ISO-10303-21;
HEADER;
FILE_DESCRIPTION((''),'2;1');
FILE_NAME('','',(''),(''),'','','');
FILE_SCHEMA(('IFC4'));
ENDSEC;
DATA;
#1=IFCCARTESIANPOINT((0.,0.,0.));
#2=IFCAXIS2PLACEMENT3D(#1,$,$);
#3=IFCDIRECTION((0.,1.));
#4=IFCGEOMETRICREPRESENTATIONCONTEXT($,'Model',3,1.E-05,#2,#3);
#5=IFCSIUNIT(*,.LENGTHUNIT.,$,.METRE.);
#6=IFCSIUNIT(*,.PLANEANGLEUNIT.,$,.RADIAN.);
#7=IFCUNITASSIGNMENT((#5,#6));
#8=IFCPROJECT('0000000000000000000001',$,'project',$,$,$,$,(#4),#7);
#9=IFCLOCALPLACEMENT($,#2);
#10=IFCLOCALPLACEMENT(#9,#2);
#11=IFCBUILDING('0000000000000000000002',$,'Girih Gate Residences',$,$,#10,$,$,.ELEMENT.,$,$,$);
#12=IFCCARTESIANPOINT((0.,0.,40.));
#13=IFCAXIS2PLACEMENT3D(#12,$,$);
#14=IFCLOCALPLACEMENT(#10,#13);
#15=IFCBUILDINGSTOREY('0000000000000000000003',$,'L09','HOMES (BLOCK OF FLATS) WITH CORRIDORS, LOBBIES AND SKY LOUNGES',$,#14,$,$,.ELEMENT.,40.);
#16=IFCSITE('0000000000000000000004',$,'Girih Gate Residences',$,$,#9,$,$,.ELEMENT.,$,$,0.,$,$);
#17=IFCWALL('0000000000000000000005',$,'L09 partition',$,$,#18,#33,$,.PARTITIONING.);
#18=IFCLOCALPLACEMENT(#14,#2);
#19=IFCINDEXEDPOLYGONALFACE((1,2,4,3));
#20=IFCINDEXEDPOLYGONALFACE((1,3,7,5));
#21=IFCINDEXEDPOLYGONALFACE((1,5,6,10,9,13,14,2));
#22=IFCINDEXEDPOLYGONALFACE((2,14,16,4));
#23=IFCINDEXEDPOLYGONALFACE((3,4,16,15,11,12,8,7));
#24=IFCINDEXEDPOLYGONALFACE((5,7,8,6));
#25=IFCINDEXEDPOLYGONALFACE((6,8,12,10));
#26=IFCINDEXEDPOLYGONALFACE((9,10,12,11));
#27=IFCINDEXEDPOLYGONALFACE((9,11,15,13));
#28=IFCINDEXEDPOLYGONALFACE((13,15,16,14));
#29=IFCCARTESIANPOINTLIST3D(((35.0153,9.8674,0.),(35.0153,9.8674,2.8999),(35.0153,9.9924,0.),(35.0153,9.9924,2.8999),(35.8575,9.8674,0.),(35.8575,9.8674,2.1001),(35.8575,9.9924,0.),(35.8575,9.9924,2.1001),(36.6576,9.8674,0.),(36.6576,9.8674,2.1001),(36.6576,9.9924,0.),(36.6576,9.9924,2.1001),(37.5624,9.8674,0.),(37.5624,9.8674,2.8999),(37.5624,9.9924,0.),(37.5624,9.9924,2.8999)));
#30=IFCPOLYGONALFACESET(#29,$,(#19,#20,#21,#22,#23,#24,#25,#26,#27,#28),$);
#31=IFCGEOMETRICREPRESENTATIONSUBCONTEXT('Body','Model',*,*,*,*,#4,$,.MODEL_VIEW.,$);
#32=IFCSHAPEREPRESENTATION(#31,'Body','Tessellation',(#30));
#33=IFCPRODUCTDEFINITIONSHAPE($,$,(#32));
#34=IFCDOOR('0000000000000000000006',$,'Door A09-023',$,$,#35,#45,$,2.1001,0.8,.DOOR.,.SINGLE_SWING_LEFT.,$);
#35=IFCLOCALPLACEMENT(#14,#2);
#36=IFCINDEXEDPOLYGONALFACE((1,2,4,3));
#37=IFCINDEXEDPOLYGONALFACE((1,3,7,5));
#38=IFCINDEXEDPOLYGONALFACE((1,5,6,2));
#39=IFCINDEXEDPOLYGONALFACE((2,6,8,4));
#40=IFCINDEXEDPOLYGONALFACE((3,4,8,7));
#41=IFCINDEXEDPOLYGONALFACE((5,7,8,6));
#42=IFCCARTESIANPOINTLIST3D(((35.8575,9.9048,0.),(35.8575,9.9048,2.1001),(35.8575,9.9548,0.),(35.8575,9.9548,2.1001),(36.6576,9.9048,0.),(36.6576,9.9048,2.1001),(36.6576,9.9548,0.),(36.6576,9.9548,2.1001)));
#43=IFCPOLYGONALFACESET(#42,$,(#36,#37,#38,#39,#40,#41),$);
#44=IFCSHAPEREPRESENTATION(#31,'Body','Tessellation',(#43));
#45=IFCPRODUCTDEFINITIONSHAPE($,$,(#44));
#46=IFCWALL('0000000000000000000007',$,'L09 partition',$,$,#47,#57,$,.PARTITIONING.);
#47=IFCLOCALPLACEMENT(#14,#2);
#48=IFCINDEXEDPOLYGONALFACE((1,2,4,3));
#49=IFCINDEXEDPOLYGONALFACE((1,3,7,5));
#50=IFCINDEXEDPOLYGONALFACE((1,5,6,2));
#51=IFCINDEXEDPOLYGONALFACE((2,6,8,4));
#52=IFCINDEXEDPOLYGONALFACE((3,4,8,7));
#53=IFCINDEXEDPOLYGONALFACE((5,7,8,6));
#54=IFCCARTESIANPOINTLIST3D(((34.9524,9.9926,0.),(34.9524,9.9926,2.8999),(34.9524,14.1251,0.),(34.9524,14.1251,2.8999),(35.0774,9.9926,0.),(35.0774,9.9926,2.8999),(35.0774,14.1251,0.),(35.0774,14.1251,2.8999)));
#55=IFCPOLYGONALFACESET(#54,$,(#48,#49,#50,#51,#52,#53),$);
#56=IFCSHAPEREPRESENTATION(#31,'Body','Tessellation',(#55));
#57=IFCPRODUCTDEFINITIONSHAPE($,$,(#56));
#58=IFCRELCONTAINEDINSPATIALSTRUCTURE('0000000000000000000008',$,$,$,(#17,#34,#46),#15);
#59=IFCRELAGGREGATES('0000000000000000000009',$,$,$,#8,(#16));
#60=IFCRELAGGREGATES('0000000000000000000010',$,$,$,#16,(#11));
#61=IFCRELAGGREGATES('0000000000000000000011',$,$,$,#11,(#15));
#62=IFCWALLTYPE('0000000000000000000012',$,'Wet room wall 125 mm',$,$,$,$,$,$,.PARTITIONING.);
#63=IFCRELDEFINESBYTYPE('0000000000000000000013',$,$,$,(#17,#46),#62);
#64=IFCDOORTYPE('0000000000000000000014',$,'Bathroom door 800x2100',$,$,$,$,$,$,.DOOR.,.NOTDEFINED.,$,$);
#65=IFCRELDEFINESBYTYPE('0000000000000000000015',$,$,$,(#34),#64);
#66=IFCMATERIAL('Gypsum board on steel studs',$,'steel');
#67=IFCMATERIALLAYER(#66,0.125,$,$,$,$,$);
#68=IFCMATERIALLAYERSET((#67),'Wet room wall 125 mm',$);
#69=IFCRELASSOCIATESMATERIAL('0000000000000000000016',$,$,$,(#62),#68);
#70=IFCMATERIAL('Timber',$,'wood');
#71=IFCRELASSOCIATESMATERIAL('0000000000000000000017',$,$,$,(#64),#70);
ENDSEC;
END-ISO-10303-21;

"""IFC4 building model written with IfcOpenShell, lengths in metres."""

from ifc_helpers import new_model, si_unit, direction, frame, frame_2d, origin, place, context, subcontext, project, spatial, rectangle, extrude, material, layer, layer_set, type_object, element, fill, save


model = new_model("IFC4")

# Units and contexts
model_context = context("Model", 3, precision=1e-05, world=origin(), true_north=direction((0.0, 1.0)))
body_context = subcontext(model_context, "Body", "Model", "MODEL_VIEW")
ifc_project = project(units=[si_unit("LENGTHUNIT", "METRE"), si_unit("PLANEANGLEUNIT", "RADIAN")], contexts=[model_context])

# Site, building, storey
site_placement = place(None, origin())
site = spatial("IfcSite", under=ifc_project, at=site_placement, Name="Girih Gate Residences", CompositionType="ELEMENT", RefElevation=0.0)
building_placement = place(site_placement, origin())
building = spatial("IfcBuilding", under=site, at=building_placement, Name="Girih Gate Residences", CompositionType="ELEMENT")
storey_placement = place(building_placement, frame((0.0, 0.0, 40.0)))
storey = spatial("IfcBuildingStorey", under=building, at=storey_placement, Name="L09", Description="HOMES (BLOCK OF FLATS) WITH CORRIDORS, LOBBIES AND SKY LOUNGES", CompositionType="ELEMENT", Elevation=40.0)

# Shared definitions
ifc_material_1 = material(Name="Gypsum board on steel studs", Category="steel")

# Shared definitions
ifc_material_2 = material(Name="Timber", Category="wood")

# Wall, opening, door
ifc_layer_1 = layer(ifc_material_1, 0.125)
ifc_layer_set_1 = layer_set([ifc_layer_1], Name="Wet room wall 125 mm")
wall_type_1 = type_object("IfcWallType", Name="Wet room wall 125 mm", PredefinedType="PARTITIONING", material=ifc_layer_set_1)
wall_1_placement = place(storey_placement, frame((35.0154, 9.9299, 0.0), z_axis=(0.0, 0.0, 1.0), x_axis=(1.0, 0.0, 0.0)))
wall_1 = element("IfcWall", 1, at=wall_1_placement, inside=storey, type_object=wall_type_1, Name="L09 partition", PredefinedType="PARTITIONING", context=body_context, shape_type="SweptSolid", body=[
    extrude(rectangle(XDim=2.5471, YDim=0.125, at=frame_2d((1.2734, 0.0))), origin(), (0.0, 0.0, 1.0), 2.8999),
])
opening_1_placement = place(wall_1_placement, frame((0.8423, 0.0, 0.0)))
opening_1 = element("IfcOpeningElement", 2, at=opening_1_placement, cuts=wall_1, PredefinedType="OPENING", context=body_context, shape_type="SweptSolid", body=[
    extrude(rectangle(XDim=0.8, YDim=2.1001, at=frame_2d((0.3999, 1.05))), frame((0.0, 0.0725, 0.0), z_axis=(0.0, -1.0, 0.0), x_axis=(1.0, 0.0, 0.0)), (0.0, 0.0, 1.0), 0.145),
])
door_type_1 = type_object("IfcDoorType", Name="Bathroom door 800x2100", OperationType="NOTDEFINED", PredefinedType="DOOR", material=ifc_material_2)
door_1_placement = place(opening_1_placement, origin())
door_1 = element("IfcDoor", 3, at=door_1_placement, inside=storey, type_object=door_type_1, Name="Door A09-023", OperationType="SINGLE_SWING_LEFT", OverallHeight=2.1001, OverallWidth=0.8, PredefinedType="DOOR", context=body_context, shape_type="SweptSolid", body=[
    extrude(rectangle(XDim=0.8, YDim=2.1001, at=frame_2d((0.3999, 1.05))), frame((0.0, 0.0249, 0.0), z_axis=(0.0, -1.0, 0.0), x_axis=(1.0, 0.0, 0.0)), (0.0, 0.0, 1.0), 0.05),
])
fill(opening_1, door_1)

# Wall
wall_2_placement = place(storey_placement, frame((35.0149, 9.9924, 0.0), z_axis=(0.0, 0.0, 1.0), x_axis=(0.0, 1.0, 0.0)))
element("IfcWall", 4, at=wall_2_placement, inside=storey, type_object=wall_type_1, Name="L09 partition", PredefinedType="PARTITIONING", context=body_context, shape_type="SweptSolid", body=[
    extrude(rectangle(XDim=4.1326, YDim=0.125, at=frame_2d((2.0664, 0.0))), origin(), (0.0, 0.0, 1.0), 2.8999),
])

save(model, "model.ifc")
